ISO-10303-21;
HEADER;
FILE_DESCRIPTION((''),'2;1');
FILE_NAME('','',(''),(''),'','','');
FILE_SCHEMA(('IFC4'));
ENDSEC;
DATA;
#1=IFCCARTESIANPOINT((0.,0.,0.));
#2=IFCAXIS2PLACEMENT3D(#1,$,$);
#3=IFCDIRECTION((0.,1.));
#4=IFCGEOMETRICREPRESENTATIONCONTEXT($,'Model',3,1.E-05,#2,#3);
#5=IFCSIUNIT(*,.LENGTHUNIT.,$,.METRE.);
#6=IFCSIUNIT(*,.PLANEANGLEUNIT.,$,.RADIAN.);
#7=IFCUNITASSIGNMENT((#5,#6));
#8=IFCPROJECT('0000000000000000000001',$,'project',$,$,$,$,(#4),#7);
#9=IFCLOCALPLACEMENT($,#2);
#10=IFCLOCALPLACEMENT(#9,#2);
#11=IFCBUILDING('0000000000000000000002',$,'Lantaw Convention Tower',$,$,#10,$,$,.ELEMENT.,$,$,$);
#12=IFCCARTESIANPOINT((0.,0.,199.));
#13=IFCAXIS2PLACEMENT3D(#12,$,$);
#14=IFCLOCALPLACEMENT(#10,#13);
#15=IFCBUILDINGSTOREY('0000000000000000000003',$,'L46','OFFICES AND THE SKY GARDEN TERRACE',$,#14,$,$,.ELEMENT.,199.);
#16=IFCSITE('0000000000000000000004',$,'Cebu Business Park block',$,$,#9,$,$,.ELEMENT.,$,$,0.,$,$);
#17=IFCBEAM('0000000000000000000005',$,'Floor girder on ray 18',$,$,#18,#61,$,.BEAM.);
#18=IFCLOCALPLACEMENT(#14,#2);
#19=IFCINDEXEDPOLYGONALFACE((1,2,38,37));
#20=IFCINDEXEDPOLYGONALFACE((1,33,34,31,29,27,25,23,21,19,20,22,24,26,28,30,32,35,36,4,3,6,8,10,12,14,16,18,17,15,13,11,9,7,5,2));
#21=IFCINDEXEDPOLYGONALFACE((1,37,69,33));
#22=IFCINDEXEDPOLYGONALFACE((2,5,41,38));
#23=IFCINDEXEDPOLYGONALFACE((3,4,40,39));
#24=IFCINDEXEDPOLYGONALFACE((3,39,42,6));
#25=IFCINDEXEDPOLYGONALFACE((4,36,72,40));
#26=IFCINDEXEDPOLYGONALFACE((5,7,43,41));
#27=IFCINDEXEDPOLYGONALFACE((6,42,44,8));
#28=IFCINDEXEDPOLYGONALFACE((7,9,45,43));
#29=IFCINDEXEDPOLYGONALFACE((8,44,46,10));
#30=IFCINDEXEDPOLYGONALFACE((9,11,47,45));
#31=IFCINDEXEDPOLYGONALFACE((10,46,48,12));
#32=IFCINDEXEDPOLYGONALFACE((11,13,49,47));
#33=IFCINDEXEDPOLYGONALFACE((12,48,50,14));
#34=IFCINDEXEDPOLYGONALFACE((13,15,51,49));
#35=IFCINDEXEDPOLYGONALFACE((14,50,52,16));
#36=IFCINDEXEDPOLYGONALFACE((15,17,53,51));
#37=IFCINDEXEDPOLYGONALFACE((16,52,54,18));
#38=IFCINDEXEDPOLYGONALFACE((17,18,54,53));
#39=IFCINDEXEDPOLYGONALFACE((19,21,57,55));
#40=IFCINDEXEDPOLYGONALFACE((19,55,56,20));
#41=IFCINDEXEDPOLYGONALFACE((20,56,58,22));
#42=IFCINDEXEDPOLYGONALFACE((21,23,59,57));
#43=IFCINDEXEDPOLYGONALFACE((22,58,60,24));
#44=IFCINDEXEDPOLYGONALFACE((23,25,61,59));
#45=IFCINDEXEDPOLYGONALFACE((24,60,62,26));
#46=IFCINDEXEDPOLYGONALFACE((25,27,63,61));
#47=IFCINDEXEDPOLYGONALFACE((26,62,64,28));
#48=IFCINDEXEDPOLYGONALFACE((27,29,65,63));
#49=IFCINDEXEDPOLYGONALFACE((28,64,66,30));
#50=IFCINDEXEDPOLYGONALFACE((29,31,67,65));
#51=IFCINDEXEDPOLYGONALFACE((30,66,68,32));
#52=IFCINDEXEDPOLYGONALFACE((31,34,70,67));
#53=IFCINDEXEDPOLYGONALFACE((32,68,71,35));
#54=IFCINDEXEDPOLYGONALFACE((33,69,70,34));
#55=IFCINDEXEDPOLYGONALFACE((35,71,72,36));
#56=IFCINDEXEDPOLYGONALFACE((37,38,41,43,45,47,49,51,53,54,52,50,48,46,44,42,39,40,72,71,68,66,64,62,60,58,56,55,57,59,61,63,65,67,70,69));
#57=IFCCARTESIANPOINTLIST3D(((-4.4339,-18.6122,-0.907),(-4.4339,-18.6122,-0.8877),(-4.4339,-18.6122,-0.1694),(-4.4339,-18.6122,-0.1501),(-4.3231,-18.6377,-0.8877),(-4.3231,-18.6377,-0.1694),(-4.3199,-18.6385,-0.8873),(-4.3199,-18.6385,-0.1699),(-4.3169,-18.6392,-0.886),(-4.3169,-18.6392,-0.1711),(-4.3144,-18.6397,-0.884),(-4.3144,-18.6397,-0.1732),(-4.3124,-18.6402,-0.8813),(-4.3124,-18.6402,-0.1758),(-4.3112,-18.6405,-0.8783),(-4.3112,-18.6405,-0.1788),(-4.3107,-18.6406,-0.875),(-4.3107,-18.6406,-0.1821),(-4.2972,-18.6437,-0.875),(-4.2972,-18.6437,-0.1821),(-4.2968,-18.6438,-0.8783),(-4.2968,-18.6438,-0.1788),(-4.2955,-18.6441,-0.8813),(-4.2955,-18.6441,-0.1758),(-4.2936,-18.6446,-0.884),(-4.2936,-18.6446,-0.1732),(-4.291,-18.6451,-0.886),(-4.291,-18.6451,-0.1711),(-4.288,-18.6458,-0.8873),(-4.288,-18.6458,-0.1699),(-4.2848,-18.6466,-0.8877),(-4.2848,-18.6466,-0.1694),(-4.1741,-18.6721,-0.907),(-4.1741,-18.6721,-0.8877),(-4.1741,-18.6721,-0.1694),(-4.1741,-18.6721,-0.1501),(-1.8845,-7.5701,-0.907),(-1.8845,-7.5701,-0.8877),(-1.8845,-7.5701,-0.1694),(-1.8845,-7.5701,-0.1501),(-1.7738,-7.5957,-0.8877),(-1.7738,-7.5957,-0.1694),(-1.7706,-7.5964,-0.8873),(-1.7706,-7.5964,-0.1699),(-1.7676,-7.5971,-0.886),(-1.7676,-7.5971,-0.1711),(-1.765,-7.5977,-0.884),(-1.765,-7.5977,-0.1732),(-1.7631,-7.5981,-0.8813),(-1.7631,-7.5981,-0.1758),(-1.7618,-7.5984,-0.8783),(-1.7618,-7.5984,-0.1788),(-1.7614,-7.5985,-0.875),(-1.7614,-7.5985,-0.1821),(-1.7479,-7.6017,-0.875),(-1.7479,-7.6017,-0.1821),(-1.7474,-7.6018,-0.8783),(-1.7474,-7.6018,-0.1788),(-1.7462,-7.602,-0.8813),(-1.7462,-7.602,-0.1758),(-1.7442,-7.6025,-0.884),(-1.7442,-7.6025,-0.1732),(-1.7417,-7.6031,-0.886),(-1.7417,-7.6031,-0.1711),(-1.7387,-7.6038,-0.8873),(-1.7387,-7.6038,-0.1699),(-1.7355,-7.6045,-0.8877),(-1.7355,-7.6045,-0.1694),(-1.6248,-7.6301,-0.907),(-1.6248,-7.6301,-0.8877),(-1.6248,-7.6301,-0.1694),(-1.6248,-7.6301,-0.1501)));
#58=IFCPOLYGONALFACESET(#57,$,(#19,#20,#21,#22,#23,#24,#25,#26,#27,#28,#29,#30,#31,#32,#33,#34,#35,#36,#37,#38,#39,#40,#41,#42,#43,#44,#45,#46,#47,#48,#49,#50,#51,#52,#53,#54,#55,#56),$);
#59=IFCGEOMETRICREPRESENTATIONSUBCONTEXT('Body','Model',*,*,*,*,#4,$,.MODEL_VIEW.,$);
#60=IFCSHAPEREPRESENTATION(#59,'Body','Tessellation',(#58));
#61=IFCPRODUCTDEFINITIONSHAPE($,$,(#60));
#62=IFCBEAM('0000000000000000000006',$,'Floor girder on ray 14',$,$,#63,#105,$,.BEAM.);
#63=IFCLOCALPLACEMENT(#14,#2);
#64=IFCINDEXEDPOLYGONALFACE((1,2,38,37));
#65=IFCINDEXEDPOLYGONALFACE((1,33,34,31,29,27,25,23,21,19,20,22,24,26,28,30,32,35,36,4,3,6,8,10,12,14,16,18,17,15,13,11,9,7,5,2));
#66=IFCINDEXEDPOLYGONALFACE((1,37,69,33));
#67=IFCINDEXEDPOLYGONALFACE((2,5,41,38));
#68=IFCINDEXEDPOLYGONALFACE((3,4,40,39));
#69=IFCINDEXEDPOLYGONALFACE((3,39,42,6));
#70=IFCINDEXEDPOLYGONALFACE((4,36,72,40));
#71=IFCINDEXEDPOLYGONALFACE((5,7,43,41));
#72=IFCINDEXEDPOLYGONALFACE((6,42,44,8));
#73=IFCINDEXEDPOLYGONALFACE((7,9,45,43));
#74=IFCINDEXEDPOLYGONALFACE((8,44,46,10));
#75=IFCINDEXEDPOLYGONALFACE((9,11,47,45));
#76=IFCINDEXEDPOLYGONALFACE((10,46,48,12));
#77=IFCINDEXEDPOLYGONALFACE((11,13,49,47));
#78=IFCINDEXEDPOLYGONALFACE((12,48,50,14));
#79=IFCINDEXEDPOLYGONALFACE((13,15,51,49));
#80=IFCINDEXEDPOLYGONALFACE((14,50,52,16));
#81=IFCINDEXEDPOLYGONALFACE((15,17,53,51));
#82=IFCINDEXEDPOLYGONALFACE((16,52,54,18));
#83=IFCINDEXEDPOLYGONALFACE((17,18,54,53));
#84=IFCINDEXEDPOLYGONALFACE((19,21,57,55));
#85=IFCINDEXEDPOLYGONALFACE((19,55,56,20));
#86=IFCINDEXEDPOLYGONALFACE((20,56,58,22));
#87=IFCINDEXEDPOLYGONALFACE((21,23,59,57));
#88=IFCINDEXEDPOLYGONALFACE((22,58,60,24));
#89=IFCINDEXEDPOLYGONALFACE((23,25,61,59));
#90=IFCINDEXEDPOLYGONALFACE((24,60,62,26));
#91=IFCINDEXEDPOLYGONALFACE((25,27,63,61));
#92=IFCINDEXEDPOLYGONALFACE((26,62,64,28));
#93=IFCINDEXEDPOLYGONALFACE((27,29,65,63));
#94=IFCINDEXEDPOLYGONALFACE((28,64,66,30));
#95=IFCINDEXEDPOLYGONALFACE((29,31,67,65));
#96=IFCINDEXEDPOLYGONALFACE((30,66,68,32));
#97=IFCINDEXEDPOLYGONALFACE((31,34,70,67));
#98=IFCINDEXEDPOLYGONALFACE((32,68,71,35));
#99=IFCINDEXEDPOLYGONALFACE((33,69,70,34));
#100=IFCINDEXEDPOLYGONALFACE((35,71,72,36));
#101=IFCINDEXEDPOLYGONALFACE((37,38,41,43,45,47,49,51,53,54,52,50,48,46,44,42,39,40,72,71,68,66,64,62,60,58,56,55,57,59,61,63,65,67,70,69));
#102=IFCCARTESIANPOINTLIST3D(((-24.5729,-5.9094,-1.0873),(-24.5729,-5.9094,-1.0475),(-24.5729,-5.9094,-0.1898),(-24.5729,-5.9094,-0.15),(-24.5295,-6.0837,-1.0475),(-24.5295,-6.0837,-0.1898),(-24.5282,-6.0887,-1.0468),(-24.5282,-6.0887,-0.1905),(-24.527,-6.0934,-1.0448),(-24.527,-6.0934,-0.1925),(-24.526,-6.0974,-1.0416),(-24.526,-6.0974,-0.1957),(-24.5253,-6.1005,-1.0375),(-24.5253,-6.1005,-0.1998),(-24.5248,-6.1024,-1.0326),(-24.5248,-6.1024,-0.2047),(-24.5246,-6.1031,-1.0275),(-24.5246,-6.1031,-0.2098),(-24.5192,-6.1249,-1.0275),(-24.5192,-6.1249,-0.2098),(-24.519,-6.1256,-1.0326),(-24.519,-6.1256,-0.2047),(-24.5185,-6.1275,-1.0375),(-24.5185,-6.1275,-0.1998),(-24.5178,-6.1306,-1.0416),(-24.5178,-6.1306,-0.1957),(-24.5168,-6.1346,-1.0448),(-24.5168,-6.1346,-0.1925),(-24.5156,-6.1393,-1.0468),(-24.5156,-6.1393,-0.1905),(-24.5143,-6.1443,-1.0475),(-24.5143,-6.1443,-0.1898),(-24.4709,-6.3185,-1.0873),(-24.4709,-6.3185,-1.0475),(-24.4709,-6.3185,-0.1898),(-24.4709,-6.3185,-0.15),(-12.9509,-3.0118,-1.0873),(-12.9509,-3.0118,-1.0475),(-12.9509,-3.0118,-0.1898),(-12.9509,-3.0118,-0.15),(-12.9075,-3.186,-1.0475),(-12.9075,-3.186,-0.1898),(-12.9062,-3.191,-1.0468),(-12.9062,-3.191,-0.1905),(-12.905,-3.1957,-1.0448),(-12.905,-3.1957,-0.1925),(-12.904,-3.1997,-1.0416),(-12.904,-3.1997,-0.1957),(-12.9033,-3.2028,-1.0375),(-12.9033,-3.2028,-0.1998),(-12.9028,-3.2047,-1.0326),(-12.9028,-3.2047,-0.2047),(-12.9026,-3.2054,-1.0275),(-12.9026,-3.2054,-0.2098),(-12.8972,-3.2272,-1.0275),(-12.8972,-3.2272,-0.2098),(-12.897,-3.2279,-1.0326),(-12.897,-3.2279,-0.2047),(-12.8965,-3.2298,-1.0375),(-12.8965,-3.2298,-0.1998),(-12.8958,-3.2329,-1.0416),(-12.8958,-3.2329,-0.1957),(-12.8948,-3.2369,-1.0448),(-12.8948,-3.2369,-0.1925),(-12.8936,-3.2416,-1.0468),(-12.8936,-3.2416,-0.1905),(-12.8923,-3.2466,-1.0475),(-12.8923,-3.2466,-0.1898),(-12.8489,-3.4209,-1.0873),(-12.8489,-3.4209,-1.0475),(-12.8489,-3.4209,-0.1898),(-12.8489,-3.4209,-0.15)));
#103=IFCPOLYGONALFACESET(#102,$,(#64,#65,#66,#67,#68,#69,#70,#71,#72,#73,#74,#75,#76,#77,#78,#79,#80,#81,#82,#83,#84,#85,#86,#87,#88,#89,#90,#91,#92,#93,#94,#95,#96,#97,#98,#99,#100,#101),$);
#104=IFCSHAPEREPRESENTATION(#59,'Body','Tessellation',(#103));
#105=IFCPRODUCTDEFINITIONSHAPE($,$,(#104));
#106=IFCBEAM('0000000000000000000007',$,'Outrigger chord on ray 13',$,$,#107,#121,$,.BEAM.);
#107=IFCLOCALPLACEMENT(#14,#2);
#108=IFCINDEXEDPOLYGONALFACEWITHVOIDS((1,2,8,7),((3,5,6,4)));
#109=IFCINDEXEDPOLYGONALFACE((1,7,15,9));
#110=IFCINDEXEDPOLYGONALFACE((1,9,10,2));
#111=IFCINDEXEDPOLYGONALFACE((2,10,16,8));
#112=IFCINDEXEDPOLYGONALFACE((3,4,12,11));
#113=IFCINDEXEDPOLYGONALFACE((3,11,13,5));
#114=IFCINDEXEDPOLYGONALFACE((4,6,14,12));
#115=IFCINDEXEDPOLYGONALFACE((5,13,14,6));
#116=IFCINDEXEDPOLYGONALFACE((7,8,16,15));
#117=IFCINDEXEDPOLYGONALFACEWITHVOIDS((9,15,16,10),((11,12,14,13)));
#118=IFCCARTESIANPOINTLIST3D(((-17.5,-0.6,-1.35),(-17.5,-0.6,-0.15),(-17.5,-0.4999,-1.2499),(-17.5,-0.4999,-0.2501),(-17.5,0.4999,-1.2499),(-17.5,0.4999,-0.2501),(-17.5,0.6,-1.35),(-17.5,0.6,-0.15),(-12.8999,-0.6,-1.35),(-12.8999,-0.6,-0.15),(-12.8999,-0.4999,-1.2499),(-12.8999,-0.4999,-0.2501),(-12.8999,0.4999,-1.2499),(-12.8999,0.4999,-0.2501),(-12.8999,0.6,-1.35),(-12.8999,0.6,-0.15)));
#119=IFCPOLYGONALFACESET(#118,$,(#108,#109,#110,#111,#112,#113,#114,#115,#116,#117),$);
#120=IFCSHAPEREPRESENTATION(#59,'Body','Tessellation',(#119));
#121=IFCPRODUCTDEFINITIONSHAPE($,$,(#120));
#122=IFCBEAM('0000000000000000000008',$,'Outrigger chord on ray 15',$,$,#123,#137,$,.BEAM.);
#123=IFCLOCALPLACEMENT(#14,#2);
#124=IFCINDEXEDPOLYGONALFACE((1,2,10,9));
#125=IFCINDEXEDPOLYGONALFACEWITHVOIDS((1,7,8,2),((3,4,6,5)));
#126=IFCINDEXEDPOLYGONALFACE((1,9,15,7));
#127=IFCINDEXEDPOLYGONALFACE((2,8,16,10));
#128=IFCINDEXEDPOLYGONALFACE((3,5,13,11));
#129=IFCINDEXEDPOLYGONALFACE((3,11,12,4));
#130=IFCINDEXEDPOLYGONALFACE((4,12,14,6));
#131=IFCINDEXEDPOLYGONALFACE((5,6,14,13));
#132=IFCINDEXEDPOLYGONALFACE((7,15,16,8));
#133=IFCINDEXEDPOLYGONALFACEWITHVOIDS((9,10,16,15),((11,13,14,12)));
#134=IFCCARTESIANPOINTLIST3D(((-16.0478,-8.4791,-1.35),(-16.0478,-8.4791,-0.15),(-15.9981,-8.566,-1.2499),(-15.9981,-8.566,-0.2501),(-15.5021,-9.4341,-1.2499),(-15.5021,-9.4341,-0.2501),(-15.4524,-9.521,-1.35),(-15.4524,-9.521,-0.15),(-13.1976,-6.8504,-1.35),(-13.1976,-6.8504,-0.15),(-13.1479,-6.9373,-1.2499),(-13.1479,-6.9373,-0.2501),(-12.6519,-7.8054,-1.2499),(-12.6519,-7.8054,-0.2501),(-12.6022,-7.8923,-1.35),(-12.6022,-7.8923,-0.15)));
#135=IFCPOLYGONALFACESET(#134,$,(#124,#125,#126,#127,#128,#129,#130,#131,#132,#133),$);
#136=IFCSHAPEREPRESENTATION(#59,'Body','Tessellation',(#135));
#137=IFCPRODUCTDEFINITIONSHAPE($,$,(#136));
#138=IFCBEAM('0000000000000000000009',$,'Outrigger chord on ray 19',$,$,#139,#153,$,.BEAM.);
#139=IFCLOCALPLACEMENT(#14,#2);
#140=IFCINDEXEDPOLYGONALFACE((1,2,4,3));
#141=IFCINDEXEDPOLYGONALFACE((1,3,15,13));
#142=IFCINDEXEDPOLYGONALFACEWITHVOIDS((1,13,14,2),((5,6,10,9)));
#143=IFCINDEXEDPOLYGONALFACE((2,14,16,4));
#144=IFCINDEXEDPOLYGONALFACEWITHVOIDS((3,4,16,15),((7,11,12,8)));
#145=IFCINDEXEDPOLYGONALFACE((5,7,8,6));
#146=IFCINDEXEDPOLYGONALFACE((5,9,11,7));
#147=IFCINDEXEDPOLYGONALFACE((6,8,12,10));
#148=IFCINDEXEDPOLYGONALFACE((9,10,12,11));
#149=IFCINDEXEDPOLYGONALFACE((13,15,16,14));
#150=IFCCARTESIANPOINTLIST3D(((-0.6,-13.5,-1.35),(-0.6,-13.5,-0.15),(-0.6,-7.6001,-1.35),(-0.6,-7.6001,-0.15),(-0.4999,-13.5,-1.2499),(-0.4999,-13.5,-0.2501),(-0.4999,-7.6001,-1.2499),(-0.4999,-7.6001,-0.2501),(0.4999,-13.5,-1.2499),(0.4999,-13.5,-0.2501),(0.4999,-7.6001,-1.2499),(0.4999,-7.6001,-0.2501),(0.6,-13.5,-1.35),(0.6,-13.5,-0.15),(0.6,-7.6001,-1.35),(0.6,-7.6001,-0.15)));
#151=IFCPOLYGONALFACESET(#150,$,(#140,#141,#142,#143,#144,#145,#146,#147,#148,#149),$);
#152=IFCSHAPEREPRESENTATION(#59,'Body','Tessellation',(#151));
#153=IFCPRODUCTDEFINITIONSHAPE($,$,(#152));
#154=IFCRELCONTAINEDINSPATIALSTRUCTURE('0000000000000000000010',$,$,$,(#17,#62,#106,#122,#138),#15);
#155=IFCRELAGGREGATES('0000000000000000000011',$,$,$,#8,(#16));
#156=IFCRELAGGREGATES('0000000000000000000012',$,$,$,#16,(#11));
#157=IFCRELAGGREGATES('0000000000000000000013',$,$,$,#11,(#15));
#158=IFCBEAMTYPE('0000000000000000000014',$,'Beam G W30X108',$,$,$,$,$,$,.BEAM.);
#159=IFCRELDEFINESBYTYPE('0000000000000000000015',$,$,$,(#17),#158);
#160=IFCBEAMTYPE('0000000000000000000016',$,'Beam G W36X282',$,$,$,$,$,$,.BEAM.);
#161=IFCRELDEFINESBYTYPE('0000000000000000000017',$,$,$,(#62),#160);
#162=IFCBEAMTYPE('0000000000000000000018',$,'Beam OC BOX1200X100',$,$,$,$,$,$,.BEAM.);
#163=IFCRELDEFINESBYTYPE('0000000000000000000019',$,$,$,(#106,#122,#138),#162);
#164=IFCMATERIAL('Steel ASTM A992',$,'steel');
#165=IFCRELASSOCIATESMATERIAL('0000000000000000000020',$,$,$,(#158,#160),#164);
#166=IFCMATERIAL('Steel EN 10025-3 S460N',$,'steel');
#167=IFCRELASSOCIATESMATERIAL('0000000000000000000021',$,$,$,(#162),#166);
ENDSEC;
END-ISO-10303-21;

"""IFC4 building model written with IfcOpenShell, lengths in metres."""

from ifc_helpers import new_model, si_unit, direction, frame, origin, origin_2d, place, context, subcontext, project, spatial, hollow_rectangle, i_section, extrude, material, material_profile, profile_set, type_object, element, save


model = new_model("IFC4")

# Units and contexts
model_context = context("Model", 3, precision=1e-05, world=origin(), true_north=direction((0.0, 1.0)))
body_context = subcontext(model_context, "Body", "Model", "MODEL_VIEW")
ifc_project = project(units=[si_unit("LENGTHUNIT", "METRE"), si_unit("PLANEANGLEUNIT", "RADIAN")], contexts=[model_context])

# Site, building, storey
site_placement = place(None, origin())
site = spatial("IfcSite", under=ifc_project, at=site_placement, Name="Cebu Business Park block", CompositionType="ELEMENT", RefElevation=0.0)
building_placement = place(site_placement, origin())
building = spatial("IfcBuilding", under=site, at=building_placement, Name="Lantaw Convention Tower", CompositionType="ELEMENT")
storey_placement = place(building_placement, frame((0.0, 0.0, 199.0)))
storey = spatial("IfcBuildingStorey", under=building, at=storey_placement, Name="L46", Description="OFFICES AND THE SKY GARDEN TERRACE", CompositionType="ELEMENT", Elevation=199.0)

# Beams
ifc_material_1 = material(Name="Steel ASTM A992", Category="steel")
ifc_material_profile_1 = material_profile(ifc_material_1, i_section(OverallWidth=0.2666, OverallDepth=0.7568, WebThickness=0.0139, FlangeThickness=0.0193, FilletRadius=0.0127, at=origin_2d()), Name="W30X108")
ifc_profile_set_1 = profile_set([ifc_material_profile_1], Name="Steel ASTM A992")
beam_type_1 = type_object("IfcBeamType", Name="Beam G W30X108", PredefinedType="BEAM", material=ifc_profile_set_1)
beam_1_placement = place(storey_placement, frame((-1.7546, -7.6001, -0.5286), z_axis=(-0.224957, -0.974369, 0.0), x_axis=(0.974369, -0.224957, 0.0)))
element("IfcBeam", 1, at=beam_1_placement, inside=storey, type_object=beam_type_1, Name="Floor girder on ray 18", PredefinedType="BEAM", context=body_context, shape_type="SweptSolid", body=[
    extrude(i_section(OverallWidth=0.2666, OverallDepth=0.7568, WebThickness=0.0139, FlangeThickness=0.0193, FilletRadius=0.0127, at=origin_2d()), origin(), (0.0, 0.0, 1.0), 11.3325),
])
ifc_material_profile_2 = material_profile(ifc_material_1, i_section(OverallWidth=0.4216, OverallDepth=0.9373, WebThickness=0.0225, FlangeThickness=0.0398, FilletRadius=0.02, at=origin_2d()), Name="W36X282")
ifc_profile_set_2 = profile_set([ifc_material_profile_2], Name="Steel ASTM A992")
beam_type_2 = type_object("IfcBeamType", Name="Beam G W36X282", PredefinedType="BEAM", material=ifc_profile_set_2)
beam_2_placement = place(storey_placement, frame((-12.8999, -3.2163, -0.6187), z_axis=(-0.970296, -0.241922, 0.0), x_axis=(0.241922, -0.970296, 0.0)))
element("IfcBeam", 2, at=beam_2_placement, inside=storey, type_object=beam_type_2, Name="Floor girder on ray 14", PredefinedType="BEAM", context=body_context, shape_type="SweptSolid", body=[
    extrude(i_section(OverallWidth=0.4216, OverallDepth=0.9373, WebThickness=0.0225, FlangeThickness=0.0398, FilletRadius=0.02, at=origin_2d()), origin(), (0.0, 0.0, 1.0), 11.9778),
])
ifc_material_2 = material(Name="Steel EN 10025-3 S460N", Category="steel")
ifc_material_profile_3 = material_profile(ifc_material_2, hollow_rectangle(XDim=1.2, YDim=1.2, WallThickness=0.1001, at=origin_2d()), Name="BOX1200X100")
ifc_profile_set_3 = profile_set([ifc_material_profile_3], Name="Steel EN 10025-3 S460N")
beam_type_3 = type_object("IfcBeamType", Name="Beam OC BOX1200X100", PredefinedType="BEAM", material=ifc_profile_set_3)
beam_3_placement = place(storey_placement, frame((-12.8999, 0.0, -0.75), z_axis=(-1.0, 0.0, 0.0), x_axis=(0.0, -1.0, 0.0)))
element("IfcBeam", 3, at=beam_3_placement, inside=storey, type_object=beam_type_3, Name="Outrigger chord on ray 13", PredefinedType="BEAM", context=body_context, shape_type="SweptSolid", body=[
    extrude(hollow_rectangle(XDim=1.2, YDim=1.2, WallThickness=0.1001, at=origin_2d()), origin(), (0.0, 0.0, 1.0), 4.6001),
])
beam_4_placement = place(storey_placement, frame((-12.8999, -7.3713, -0.75), z_axis=(-0.868239, -0.496147, 0.0), x_axis=(0.496147, -0.868239, 0.0)))
element("IfcBeam", 4, at=beam_4_placement, inside=storey, type_object=beam_type_3, Name="Outrigger chord on ray 15", PredefinedType="BEAM", context=body_context, shape_type="SweptSolid", body=[
    extrude(hollow_rectangle(XDim=1.2, YDim=1.2, WallThickness=0.1001, at=origin_2d()), origin(), (0.0, 0.0, 1.0), 3.2827),
])
beam_5_placement = place(storey_placement, frame((0.0, -7.6001, -0.75), z_axis=(0.0, -1.0, 0.0), x_axis=(1.0, 0.0, 0.0)))
element("IfcBeam", 5, at=beam_5_placement, inside=storey, type_object=beam_type_3, Name="Outrigger chord on ray 19", PredefinedType="BEAM", context=body_context, shape_type="SweptSolid", body=[
    extrude(hollow_rectangle(XDim=1.2, YDim=1.2, WallThickness=0.1001, at=origin_2d()), origin(), (0.0, 0.0, 1.0), 5.8999),
])

save(model, "model.ifc")
